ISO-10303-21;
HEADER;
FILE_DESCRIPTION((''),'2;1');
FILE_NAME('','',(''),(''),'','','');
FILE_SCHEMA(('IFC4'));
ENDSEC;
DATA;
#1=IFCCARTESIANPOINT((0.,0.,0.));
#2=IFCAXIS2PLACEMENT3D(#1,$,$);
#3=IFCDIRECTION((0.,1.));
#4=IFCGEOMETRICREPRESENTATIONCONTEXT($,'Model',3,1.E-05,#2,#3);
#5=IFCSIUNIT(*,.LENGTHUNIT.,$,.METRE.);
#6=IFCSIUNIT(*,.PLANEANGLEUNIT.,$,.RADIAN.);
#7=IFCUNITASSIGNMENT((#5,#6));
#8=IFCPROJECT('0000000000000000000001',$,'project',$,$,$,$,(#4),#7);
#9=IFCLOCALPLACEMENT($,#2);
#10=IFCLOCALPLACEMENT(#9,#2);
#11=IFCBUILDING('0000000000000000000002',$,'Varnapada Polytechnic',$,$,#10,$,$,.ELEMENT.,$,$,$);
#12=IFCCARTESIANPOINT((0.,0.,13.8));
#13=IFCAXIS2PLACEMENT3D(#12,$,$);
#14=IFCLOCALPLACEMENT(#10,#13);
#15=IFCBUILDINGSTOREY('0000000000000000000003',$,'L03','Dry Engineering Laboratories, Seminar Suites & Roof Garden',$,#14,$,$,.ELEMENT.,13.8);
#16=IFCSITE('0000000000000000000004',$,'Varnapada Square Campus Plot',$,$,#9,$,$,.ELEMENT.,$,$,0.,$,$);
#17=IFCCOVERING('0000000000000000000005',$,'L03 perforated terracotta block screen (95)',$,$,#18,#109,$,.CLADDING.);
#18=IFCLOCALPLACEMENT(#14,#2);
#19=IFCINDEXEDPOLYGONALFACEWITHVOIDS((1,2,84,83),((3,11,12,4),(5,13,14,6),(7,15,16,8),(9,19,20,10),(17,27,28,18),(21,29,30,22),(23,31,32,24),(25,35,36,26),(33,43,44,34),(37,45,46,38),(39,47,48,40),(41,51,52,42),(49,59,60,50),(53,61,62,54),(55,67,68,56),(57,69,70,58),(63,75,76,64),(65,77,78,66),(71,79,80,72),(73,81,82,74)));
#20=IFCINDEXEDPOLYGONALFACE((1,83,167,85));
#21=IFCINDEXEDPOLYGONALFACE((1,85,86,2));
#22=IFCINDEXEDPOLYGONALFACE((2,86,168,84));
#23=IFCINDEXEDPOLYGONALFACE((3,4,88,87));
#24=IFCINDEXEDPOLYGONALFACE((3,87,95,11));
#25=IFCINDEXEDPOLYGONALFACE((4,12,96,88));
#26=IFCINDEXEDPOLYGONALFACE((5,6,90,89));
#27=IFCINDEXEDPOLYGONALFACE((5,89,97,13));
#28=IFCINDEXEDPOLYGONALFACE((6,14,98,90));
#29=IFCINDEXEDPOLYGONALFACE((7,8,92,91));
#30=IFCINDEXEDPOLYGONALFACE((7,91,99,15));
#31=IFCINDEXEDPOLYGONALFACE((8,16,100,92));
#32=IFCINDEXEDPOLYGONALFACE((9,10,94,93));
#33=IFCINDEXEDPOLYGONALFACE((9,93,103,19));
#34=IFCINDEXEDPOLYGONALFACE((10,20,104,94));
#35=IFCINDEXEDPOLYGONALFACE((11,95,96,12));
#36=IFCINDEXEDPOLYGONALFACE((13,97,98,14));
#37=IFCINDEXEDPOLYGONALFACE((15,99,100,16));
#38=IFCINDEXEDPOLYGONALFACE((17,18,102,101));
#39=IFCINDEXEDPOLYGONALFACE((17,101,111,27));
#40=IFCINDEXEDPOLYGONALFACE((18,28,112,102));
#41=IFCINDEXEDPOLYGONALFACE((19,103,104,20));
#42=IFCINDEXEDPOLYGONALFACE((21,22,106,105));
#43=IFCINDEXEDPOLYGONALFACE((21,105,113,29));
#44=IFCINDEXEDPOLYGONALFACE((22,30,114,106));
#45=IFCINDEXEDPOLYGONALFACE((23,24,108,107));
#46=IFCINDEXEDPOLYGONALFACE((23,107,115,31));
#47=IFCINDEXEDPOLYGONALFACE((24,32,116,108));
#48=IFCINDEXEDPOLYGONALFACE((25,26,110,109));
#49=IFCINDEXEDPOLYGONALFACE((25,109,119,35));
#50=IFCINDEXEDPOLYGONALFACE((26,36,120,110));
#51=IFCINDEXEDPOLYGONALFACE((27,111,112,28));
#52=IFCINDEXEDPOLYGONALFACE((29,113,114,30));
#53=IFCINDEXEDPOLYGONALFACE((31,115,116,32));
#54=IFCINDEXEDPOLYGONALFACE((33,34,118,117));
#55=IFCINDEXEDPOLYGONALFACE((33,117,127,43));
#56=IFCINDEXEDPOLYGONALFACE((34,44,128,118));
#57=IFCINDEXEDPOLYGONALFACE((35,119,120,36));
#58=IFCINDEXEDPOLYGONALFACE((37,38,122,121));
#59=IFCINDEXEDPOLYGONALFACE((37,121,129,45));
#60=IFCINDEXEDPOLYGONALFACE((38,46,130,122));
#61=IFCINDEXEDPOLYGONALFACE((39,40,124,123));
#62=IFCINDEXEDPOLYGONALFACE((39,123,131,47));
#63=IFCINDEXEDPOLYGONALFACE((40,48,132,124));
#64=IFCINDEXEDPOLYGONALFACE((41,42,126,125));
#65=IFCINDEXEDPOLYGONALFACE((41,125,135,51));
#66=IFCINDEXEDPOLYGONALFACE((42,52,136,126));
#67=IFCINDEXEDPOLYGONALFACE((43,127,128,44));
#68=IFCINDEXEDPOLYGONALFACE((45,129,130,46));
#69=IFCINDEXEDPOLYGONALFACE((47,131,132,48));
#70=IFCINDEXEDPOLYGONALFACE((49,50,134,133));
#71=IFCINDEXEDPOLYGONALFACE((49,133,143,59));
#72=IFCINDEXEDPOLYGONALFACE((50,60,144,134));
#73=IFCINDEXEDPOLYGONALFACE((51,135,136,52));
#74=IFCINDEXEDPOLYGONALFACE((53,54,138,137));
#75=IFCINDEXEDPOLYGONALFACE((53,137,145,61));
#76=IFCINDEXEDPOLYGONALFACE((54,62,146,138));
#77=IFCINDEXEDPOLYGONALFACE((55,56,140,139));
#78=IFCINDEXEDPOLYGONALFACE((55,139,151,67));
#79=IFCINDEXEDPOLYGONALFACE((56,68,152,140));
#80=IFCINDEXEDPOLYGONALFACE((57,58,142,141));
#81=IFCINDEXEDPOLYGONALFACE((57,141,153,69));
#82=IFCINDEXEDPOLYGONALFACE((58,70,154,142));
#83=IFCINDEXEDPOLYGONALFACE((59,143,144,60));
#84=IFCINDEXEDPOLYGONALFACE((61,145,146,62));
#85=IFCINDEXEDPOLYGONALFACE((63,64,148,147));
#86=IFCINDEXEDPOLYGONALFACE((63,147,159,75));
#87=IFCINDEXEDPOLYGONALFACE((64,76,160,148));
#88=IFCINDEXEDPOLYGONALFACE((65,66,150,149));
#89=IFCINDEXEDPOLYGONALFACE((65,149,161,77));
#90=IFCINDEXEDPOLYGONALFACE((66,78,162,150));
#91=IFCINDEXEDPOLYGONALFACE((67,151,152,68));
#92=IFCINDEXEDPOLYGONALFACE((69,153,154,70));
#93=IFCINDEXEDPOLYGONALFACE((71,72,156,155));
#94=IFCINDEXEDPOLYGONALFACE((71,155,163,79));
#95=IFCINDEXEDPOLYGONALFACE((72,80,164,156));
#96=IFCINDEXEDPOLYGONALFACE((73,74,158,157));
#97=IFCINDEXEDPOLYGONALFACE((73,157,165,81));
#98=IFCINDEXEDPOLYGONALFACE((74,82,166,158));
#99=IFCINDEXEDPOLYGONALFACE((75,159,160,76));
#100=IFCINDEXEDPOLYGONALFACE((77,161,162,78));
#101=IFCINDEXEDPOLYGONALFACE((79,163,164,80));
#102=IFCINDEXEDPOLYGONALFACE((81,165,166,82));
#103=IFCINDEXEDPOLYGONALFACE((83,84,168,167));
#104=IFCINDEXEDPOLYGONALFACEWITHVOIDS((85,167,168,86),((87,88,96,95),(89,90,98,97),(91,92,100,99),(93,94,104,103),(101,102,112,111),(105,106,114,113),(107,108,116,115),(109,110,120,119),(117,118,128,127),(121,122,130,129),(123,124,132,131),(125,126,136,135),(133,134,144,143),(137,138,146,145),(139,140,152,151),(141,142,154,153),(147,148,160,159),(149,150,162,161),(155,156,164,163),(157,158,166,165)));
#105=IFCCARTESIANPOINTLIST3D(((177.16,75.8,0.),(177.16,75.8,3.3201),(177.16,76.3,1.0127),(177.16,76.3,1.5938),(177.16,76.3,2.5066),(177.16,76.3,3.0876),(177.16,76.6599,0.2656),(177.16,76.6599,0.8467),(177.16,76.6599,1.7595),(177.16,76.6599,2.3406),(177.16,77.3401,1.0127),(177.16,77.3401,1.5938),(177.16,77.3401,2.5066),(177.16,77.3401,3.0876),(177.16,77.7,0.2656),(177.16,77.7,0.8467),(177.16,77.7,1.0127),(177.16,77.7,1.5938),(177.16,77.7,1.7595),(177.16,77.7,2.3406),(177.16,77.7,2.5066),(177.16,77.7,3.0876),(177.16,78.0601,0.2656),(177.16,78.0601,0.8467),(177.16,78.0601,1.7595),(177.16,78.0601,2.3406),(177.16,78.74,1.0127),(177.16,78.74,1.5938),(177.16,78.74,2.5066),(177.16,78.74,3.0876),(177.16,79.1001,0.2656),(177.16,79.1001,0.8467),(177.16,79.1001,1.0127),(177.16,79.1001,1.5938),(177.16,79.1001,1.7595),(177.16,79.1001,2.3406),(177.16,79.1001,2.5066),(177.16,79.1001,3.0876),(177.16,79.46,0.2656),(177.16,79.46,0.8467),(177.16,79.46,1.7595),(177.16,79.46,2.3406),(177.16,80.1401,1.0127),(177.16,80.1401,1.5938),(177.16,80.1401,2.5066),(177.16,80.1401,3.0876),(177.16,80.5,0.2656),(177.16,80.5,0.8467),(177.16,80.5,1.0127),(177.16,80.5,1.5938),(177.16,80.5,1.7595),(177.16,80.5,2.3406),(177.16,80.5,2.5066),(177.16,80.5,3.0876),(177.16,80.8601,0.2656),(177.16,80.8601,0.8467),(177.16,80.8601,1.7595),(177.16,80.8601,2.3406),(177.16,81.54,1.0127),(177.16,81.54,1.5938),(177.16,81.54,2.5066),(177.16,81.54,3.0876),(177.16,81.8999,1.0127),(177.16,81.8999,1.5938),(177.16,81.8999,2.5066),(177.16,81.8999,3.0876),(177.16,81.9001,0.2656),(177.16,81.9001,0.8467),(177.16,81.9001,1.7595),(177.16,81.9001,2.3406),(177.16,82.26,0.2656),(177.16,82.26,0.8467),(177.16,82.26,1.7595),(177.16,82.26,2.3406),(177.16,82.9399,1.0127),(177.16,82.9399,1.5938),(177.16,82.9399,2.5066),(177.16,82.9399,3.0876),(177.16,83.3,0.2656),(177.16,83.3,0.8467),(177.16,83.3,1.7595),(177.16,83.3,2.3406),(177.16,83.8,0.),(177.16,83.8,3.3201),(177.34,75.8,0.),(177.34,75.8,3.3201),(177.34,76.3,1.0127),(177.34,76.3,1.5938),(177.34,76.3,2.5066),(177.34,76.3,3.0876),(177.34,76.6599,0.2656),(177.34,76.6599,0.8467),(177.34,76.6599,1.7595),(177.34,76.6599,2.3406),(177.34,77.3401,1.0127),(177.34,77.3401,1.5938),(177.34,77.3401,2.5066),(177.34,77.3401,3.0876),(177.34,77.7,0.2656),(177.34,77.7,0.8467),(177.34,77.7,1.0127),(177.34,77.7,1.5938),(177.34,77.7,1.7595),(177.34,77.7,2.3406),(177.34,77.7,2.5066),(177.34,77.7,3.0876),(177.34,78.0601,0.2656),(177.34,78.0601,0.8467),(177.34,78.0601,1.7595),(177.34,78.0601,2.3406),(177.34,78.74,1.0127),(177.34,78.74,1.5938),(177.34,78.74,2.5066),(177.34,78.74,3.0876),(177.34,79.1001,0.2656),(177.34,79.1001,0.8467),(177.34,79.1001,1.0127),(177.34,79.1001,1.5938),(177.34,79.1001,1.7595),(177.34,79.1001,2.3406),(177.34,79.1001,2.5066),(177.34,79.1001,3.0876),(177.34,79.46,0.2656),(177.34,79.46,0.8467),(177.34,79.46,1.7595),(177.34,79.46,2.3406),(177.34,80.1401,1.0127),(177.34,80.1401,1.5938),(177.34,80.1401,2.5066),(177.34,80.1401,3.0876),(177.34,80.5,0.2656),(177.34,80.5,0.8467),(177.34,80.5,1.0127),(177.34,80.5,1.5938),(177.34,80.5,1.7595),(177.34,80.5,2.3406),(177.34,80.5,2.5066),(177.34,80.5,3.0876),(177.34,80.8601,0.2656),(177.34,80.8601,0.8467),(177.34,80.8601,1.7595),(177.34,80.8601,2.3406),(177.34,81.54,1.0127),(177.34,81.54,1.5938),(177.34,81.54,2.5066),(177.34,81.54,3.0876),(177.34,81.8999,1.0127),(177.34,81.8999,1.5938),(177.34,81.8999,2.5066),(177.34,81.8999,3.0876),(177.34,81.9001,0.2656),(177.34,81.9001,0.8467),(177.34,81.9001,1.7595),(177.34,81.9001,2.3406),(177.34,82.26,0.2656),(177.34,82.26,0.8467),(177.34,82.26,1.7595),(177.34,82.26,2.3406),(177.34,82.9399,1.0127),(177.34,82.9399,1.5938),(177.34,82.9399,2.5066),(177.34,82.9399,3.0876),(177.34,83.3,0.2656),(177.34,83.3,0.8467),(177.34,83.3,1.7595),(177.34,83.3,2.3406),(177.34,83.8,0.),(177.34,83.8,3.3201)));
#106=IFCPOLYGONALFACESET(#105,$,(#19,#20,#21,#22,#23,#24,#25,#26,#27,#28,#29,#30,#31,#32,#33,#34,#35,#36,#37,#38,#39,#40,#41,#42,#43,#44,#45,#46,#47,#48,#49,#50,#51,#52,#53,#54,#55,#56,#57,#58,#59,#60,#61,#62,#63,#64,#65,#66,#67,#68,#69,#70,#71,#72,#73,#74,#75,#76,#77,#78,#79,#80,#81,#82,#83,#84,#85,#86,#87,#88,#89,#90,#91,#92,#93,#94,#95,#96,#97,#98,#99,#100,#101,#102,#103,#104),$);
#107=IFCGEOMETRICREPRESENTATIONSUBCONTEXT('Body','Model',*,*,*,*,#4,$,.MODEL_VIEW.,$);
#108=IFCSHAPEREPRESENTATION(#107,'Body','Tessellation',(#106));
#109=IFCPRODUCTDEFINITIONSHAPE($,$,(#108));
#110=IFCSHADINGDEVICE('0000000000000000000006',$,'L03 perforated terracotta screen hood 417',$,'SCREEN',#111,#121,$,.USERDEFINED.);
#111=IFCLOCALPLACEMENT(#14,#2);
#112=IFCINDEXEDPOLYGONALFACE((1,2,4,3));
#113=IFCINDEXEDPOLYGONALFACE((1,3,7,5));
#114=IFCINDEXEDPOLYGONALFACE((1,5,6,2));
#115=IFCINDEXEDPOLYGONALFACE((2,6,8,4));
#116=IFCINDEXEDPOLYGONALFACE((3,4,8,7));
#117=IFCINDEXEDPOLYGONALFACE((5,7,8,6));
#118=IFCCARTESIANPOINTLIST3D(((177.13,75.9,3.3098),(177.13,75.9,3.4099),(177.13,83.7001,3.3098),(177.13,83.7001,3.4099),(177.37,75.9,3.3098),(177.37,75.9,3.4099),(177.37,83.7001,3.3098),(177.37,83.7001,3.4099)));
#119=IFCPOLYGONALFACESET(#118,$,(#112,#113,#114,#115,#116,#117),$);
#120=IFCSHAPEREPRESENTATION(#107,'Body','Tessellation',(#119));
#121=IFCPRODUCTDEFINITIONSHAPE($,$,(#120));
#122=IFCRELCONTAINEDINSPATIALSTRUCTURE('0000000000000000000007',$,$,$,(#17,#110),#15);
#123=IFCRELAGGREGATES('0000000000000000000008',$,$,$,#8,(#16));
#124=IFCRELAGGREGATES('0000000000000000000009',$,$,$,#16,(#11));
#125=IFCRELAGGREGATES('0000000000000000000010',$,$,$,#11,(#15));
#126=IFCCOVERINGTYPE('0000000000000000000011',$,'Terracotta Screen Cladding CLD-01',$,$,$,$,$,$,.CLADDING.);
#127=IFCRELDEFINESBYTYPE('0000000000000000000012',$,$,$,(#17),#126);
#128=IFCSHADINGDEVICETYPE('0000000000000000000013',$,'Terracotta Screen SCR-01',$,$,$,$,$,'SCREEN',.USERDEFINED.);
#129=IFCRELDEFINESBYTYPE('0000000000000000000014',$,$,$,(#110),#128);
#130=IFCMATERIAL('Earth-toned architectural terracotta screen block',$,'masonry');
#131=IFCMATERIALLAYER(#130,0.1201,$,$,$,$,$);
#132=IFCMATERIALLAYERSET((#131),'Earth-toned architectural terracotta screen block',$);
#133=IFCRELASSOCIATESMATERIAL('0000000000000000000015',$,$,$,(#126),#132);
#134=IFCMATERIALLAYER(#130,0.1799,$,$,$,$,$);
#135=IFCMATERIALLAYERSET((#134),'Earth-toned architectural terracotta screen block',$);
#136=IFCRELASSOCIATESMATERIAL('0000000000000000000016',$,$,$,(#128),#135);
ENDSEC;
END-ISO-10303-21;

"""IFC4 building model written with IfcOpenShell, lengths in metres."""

from ifc_helpers import new_model, si_unit, direction, frame, frame_2d, origin, origin_2d, place, context, subcontext, project, spatial, rectangle, extrude, material, layer, layer_set, type_object, element, save


model = new_model("IFC4")

# Units and contexts
model_context = context("Model", 3, precision=1e-05, world=origin(), true_north=direction((0.0, 1.0)))
body_context = subcontext(model_context, "Body", "Model", "MODEL_VIEW")
ifc_project = project(units=[si_unit("LENGTHUNIT", "METRE"), si_unit("PLANEANGLEUNIT", "RADIAN")], contexts=[model_context])

# Site, building, storey
site_placement = place(None, origin())
site = spatial("IfcSite", under=ifc_project, at=site_placement, Name="Varnapada Square Campus Plot", CompositionType="ELEMENT", RefElevation=0.0)
building_placement = place(site_placement, origin())
building = spatial("IfcBuilding", under=site, at=building_placement, Name="Varnapada Polytechnic", CompositionType="ELEMENT")
storey_placement = place(building_placement, frame((0.0, 0.0, 13.8)))
storey = spatial("IfcBuildingStorey", under=building, at=storey_placement, Name="L03", Description="Dry Engineering Laboratories, Seminar Suites & Roof Garden", CompositionType="ELEMENT", Elevation=13.8)

# Covering, openings
ifc_material_1 = material(Name="Earth-toned architectural terracotta screen block", Category="masonry")
ifc_layer_1 = layer(ifc_material_1, 0.1201)
ifc_layer_set_1 = layer_set([ifc_layer_1], Name="Earth-toned architectural terracotta screen block")
covering_type = type_object("IfcCoveringType", Name="Terracotta Screen Cladding CLD-01", PredefinedType="CLADDING", material=ifc_layer_set_1)
covering_placement = place(storey_placement, frame((177.25, 83.8, 0.0), z_axis=(0.0, 0.0, 1.0), x_axis=(0.0, -1.0, 0.0)))
covering = element("IfcCovering", 1, at=covering_placement, inside=storey, type_object=covering_type, Name="L03 perforated terracotta block screen (95)", PredefinedType="CLADDING", context=body_context, shape_type="SweptSolid", body=[
    extrude(rectangle(XDim=8.0, YDim=0.1799, at=frame_2d((4.0, 0.0))), origin(), (0.0, 0.0, 1.0), 3.3201),
])
opening_1_placement = place(covering_placement, frame((0.5, 0.0, 0.2656)))
element("IfcOpeningElement", 2, at=opening_1_placement, cuts=covering, PredefinedType="OPENING", context=body_context, shape_type="SweptSolid", body=[
    extrude(rectangle(XDim=1.04, YDim=0.5811, at=frame_2d((0.52, 0.2905))), frame((0.0, 0.0999, 0.0), z_axis=(0.0, -1.0, 0.0), x_axis=(1.0, 0.0, 0.0)), (0.0, 0.0, 1.0), 0.2),
])
opening_2_placement = place(covering_placement, frame((1.8999, 0.0, 0.2656)))
element("IfcOpeningElement", 3, at=opening_2_placement, cuts=covering, PredefinedType="OPENING", context=body_context, shape_type="SweptSolid", body=[
    extrude(rectangle(XDim=1.04, YDim=0.5811, at=frame_2d((0.52, 0.2905))), frame((0.0, 0.0999, 0.0), z_axis=(0.0, -1.0, 0.0), x_axis=(1.0, 0.0, 0.0)), (0.0, 0.0, 1.0), 0.2),
])
opening_3_placement = place(covering_placement, frame((3.3, 0.0, 0.2656)))
element("IfcOpeningElement", 4, at=opening_3_placement, cuts=covering, PredefinedType="OPENING", context=body_context, shape_type="SweptSolid", body=[
    extrude(rectangle(XDim=1.04, YDim=0.5811, at=frame_2d((0.52, 0.2905))), frame((0.0, 0.0999, 0.0), z_axis=(0.0, -1.0, 0.0), x_axis=(1.0, 0.0, 0.0)), (0.0, 0.0, 1.0), 0.2),
])
opening_4_placement = place(covering_placement, frame((4.7, 0.0, 0.2656)))
element("IfcOpeningElement", 5, at=opening_4_placement, cuts=covering, PredefinedType="OPENING", context=body_context, shape_type="SweptSolid", body=[
    extrude(rectangle(XDim=1.04, YDim=0.5811, at=frame_2d((0.52, 0.2905))), frame((0.0, 0.0999, 0.0), z_axis=(0.0, -1.0, 0.0), x_axis=(1.0, 0.0, 0.0)), (0.0, 0.0, 1.0), 0.2),
])
opening_5_placement = place(covering_placement, frame((6.1001, 0.0, 0.2656)))
element("IfcOpeningElement", 6, at=opening_5_placement, cuts=covering, PredefinedType="OPENING", context=body_context, shape_type="SweptSolid", body=[
    extrude(rectangle(XDim=1.04, YDim=0.5811, at=frame_2d((0.52, 0.2905))), frame((0.0, 0.0999, 0.0), z_axis=(0.0, -1.0, 0.0), x_axis=(1.0, 0.0, 0.0)), (0.0, 0.0, 1.0), 0.2),
])
opening_6_placement = place(covering_placement, frame((0.8601, 0.0, 1.0127)))
element("IfcOpeningElement", 7, at=opening_6_placement, cuts=covering, PredefinedType="OPENING", context=body_context, shape_type="SweptSolid", body=[
    extrude(rectangle(XDim=1.04, YDim=0.5811, at=frame_2d((0.52, 0.2905))), frame((0.0, 0.0999, 0.0), z_axis=(0.0, -1.0, 0.0), x_axis=(1.0, 0.0, 0.0)), (0.0, 0.0, 1.0), 0.2),
])
opening_7_placement = place(covering_placement, frame((2.26, 0.0, 1.0127)))
element("IfcOpeningElement", 8, at=opening_7_placement, cuts=covering, PredefinedType="OPENING", context=body_context, shape_type="SweptSolid", body=[
    extrude(rectangle(XDim=1.04, YDim=0.5811, at=frame_2d((0.52, 0.2905))), frame((0.0, 0.0999, 0.0), z_axis=(0.0, -1.0, 0.0), x_axis=(1.0, 0.0, 0.0)), (0.0, 0.0, 1.0), 0.2),
])
opening_8_placement = place(covering_placement, frame((3.6599, 0.0, 1.0127)))
element("IfcOpeningElement", 9, at=opening_8_placement, cuts=covering, PredefinedType="OPENING", context=body_context, shape_type="SweptSolid", body=[
    extrude(rectangle(XDim=1.04, YDim=0.5811, at=frame_2d((0.52, 0.2905))), frame((0.0, 0.0999, 0.0), z_axis=(0.0, -1.0, 0.0), x_axis=(1.0, 0.0, 0.0)), (0.0, 0.0, 1.0), 0.2),
])
opening_9_placement = place(covering_placement, frame((5.0601, 0.0, 1.0127)))
element("IfcOpeningElement", 10, at=opening_9_placement, cuts=covering, PredefinedType="OPENING", context=body_context, shape_type="SweptSolid", body=[
    extrude(rectangle(XDim=1.04, YDim=0.5811, at=frame_2d((0.52, 0.2905))), frame((0.0, 0.0999, 0.0), z_axis=(0.0, -1.0, 0.0), x_axis=(1.0, 0.0, 0.0)), (0.0, 0.0, 1.0), 0.2),
])
opening_10_placement = place(covering_placement, frame((6.46, 0.0, 1.0127)))
element("IfcOpeningElement", 11, at=opening_10_placement, cuts=covering, PredefinedType="OPENING", context=body_context, shape_type="SweptSolid", body=[
    extrude(rectangle(XDim=1.04, YDim=0.5811, at=frame_2d((0.52, 0.2905))), frame((0.0, 0.0999, 0.0), z_axis=(0.0, -1.0, 0.0), x_axis=(1.0, 0.0, 0.0)), (0.0, 0.0, 1.0), 0.2),
])
opening_11_placement = place(covering_placement, frame((0.5, 0.0, 1.7595)))
element("IfcOpeningElement", 12, at=opening_11_placement, cuts=covering, PredefinedType="OPENING", context=body_context, shape_type="SweptSolid", body=[
    extrude(rectangle(XDim=1.04, YDim=0.5811, at=frame_2d((0.52, 0.2905))), frame((0.0, 0.0999, 0.0), z_axis=(0.0, -1.0, 0.0), x_axis=(1.0, 0.0, 0.0)), (0.0, 0.0, 1.0), 0.2),
])
opening_12_placement = place(covering_placement, frame((1.8999, 0.0, 1.7595)))
element("IfcOpeningElement", 13, at=opening_12_placement, cuts=covering, PredefinedType="OPENING", context=body_context, shape_type="SweptSolid", body=[
    extrude(rectangle(XDim=1.04, YDim=0.5811, at=frame_2d((0.52, 0.2905))), frame((0.0, 0.0999, 0.0), z_axis=(0.0, -1.0, 0.0), x_axis=(1.0, 0.0, 0.0)), (0.0, 0.0, 1.0), 0.2),
])
opening_13_placement = place(covering_placement, frame((3.3, 0.0, 1.7595)))
element("IfcOpeningElement", 14, at=opening_13_placement, cuts=covering, PredefinedType="OPENING", context=body_context, shape_type="SweptSolid", body=[
    extrude(rectangle(XDim=1.04, YDim=0.5811, at=frame_2d((0.52, 0.2905))), frame((0.0, 0.0999, 0.0), z_axis=(0.0, -1.0, 0.0), x_axis=(1.0, 0.0, 0.0)), (0.0, 0.0, 1.0), 0.2),
])
opening_14_placement = place(covering_placement, frame((4.7, 0.0, 1.7595)))
element("IfcOpeningElement", 15, at=opening_14_placement, cuts=covering, PredefinedType="OPENING", context=body_context, shape_type="SweptSolid", body=[
    extrude(rectangle(XDim=1.04, YDim=0.5811, at=frame_2d((0.52, 0.2905))), frame((0.0, 0.0999, 0.0), z_axis=(0.0, -1.0, 0.0), x_axis=(1.0, 0.0, 0.0)), (0.0, 0.0, 1.0), 0.2),
])
opening_15_placement = place(covering_placement, frame((6.1001, 0.0, 1.7595)))
element("IfcOpeningElement", 16, at=opening_15_placement, cuts=covering, PredefinedType="OPENING", context=body_context, shape_type="SweptSolid", body=[
    extrude(rectangle(XDim=1.04, YDim=0.5811, at=frame_2d((0.52, 0.2905))), frame((0.0, 0.0999, 0.0), z_axis=(0.0, -1.0, 0.0), x_axis=(1.0, 0.0, 0.0)), (0.0, 0.0, 1.0), 0.2),
])
opening_16_placement = place(covering_placement, frame((0.8601, 0.0, 2.5066)))
element("IfcOpeningElement", 17, at=opening_16_placement, cuts=covering, PredefinedType="OPENING", context=body_context, shape_type="SweptSolid", body=[
    extrude(rectangle(XDim=1.04, YDim=0.5811, at=frame_2d((0.52, 0.2905))), frame((0.0, 0.0999, 0.0), z_axis=(0.0, -1.0, 0.0), x_axis=(1.0, 0.0, 0.0)), (0.0, 0.0, 1.0), 0.2),
])
opening_17_placement = place(covering_placement, frame((2.26, 0.0, 2.5066)))
element("IfcOpeningElement", 18, at=opening_17_placement, cuts=covering, PredefinedType="OPENING", context=body_context, shape_type="SweptSolid", body=[
    extrude(rectangle(XDim=1.04, YDim=0.5811, at=frame_2d((0.52, 0.2905))), frame((0.0, 0.0999, 0.0), z_axis=(0.0, -1.0, 0.0), x_axis=(1.0, 0.0, 0.0)), (0.0, 0.0, 1.0), 0.2),
])
opening_18_placement = place(covering_placement, frame((3.6599, 0.0, 2.5066)))
element("IfcOpeningElement", 19, at=opening_18_placement, cuts=covering, PredefinedType="OPENING", context=body_context, shape_type="SweptSolid", body=[
    extrude(rectangle(XDim=1.04, YDim=0.5811, at=frame_2d((0.52, 0.2905))), frame((0.0, 0.0999, 0.0), z_axis=(0.0, -1.0, 0.0), x_axis=(1.0, 0.0, 0.0)), (0.0, 0.0, 1.0), 0.2),
])
opening_19_placement = place(covering_placement, frame((5.0601, 0.0, 2.5066)))
element("IfcOpeningElement", 20, at=opening_19_placement, cuts=covering, PredefinedType="OPENING", context=body_context, shape_type="SweptSolid", body=[
    extrude(rectangle(XDim=1.04, YDim=0.5811, at=frame_2d((0.52, 0.2905))), frame((0.0, 0.0999, 0.0), z_axis=(0.0, -1.0, 0.0), x_axis=(1.0, 0.0, 0.0)), (0.0, 0.0, 1.0), 0.2),
])
opening_20_placement = place(covering_placement, frame((6.46, 0.0, 2.5066)))
element("IfcOpeningElement", 21, at=opening_20_placement, cuts=covering, PredefinedType="OPENING", context=body_context, shape_type="SweptSolid", body=[
    extrude(rectangle(XDim=1.04, YDim=0.5811, at=frame_2d((0.52, 0.2905))), frame((0.0, 0.0999, 0.0), z_axis=(0.0, -1.0, 0.0), x_axis=(1.0, 0.0, 0.0)), (0.0, 0.0, 1.0), 0.2),
])

# Shading device
ifc_layer_2 = layer(ifc_material_1, 0.1799)
ifc_layer_set_2 = layer_set([ifc_layer_2], Name="Earth-toned architectural terracotta screen block")
shading_device_type = type_object("IfcShadingDeviceType", Name="Terracotta Screen SCR-01", ElementType="SCREEN", PredefinedType="USERDEFINED", material=ifc_layer_set_2)
shading_device_placement = place(storey_placement, frame((177.25, 79.8, 3.3098), z_axis=(0.0, 0.0, 1.0), x_axis=(0.0, -1.0, 0.0)))
element("IfcShadingDevice", 22, at=shading_device_placement, inside=storey, type_object=shading_device_type, Name="L03 perforated terracotta screen hood 417", ObjectType="SCREEN", PredefinedType="USERDEFINED", context=body_context, shape_type="SweptSolid", body=[
    extrude(rectangle(XDim=7.8, YDim=0.24, at=origin_2d()), origin(), (0.0, 0.0, 1.0), 0.1001),
])

save(model, "model.ifc")
